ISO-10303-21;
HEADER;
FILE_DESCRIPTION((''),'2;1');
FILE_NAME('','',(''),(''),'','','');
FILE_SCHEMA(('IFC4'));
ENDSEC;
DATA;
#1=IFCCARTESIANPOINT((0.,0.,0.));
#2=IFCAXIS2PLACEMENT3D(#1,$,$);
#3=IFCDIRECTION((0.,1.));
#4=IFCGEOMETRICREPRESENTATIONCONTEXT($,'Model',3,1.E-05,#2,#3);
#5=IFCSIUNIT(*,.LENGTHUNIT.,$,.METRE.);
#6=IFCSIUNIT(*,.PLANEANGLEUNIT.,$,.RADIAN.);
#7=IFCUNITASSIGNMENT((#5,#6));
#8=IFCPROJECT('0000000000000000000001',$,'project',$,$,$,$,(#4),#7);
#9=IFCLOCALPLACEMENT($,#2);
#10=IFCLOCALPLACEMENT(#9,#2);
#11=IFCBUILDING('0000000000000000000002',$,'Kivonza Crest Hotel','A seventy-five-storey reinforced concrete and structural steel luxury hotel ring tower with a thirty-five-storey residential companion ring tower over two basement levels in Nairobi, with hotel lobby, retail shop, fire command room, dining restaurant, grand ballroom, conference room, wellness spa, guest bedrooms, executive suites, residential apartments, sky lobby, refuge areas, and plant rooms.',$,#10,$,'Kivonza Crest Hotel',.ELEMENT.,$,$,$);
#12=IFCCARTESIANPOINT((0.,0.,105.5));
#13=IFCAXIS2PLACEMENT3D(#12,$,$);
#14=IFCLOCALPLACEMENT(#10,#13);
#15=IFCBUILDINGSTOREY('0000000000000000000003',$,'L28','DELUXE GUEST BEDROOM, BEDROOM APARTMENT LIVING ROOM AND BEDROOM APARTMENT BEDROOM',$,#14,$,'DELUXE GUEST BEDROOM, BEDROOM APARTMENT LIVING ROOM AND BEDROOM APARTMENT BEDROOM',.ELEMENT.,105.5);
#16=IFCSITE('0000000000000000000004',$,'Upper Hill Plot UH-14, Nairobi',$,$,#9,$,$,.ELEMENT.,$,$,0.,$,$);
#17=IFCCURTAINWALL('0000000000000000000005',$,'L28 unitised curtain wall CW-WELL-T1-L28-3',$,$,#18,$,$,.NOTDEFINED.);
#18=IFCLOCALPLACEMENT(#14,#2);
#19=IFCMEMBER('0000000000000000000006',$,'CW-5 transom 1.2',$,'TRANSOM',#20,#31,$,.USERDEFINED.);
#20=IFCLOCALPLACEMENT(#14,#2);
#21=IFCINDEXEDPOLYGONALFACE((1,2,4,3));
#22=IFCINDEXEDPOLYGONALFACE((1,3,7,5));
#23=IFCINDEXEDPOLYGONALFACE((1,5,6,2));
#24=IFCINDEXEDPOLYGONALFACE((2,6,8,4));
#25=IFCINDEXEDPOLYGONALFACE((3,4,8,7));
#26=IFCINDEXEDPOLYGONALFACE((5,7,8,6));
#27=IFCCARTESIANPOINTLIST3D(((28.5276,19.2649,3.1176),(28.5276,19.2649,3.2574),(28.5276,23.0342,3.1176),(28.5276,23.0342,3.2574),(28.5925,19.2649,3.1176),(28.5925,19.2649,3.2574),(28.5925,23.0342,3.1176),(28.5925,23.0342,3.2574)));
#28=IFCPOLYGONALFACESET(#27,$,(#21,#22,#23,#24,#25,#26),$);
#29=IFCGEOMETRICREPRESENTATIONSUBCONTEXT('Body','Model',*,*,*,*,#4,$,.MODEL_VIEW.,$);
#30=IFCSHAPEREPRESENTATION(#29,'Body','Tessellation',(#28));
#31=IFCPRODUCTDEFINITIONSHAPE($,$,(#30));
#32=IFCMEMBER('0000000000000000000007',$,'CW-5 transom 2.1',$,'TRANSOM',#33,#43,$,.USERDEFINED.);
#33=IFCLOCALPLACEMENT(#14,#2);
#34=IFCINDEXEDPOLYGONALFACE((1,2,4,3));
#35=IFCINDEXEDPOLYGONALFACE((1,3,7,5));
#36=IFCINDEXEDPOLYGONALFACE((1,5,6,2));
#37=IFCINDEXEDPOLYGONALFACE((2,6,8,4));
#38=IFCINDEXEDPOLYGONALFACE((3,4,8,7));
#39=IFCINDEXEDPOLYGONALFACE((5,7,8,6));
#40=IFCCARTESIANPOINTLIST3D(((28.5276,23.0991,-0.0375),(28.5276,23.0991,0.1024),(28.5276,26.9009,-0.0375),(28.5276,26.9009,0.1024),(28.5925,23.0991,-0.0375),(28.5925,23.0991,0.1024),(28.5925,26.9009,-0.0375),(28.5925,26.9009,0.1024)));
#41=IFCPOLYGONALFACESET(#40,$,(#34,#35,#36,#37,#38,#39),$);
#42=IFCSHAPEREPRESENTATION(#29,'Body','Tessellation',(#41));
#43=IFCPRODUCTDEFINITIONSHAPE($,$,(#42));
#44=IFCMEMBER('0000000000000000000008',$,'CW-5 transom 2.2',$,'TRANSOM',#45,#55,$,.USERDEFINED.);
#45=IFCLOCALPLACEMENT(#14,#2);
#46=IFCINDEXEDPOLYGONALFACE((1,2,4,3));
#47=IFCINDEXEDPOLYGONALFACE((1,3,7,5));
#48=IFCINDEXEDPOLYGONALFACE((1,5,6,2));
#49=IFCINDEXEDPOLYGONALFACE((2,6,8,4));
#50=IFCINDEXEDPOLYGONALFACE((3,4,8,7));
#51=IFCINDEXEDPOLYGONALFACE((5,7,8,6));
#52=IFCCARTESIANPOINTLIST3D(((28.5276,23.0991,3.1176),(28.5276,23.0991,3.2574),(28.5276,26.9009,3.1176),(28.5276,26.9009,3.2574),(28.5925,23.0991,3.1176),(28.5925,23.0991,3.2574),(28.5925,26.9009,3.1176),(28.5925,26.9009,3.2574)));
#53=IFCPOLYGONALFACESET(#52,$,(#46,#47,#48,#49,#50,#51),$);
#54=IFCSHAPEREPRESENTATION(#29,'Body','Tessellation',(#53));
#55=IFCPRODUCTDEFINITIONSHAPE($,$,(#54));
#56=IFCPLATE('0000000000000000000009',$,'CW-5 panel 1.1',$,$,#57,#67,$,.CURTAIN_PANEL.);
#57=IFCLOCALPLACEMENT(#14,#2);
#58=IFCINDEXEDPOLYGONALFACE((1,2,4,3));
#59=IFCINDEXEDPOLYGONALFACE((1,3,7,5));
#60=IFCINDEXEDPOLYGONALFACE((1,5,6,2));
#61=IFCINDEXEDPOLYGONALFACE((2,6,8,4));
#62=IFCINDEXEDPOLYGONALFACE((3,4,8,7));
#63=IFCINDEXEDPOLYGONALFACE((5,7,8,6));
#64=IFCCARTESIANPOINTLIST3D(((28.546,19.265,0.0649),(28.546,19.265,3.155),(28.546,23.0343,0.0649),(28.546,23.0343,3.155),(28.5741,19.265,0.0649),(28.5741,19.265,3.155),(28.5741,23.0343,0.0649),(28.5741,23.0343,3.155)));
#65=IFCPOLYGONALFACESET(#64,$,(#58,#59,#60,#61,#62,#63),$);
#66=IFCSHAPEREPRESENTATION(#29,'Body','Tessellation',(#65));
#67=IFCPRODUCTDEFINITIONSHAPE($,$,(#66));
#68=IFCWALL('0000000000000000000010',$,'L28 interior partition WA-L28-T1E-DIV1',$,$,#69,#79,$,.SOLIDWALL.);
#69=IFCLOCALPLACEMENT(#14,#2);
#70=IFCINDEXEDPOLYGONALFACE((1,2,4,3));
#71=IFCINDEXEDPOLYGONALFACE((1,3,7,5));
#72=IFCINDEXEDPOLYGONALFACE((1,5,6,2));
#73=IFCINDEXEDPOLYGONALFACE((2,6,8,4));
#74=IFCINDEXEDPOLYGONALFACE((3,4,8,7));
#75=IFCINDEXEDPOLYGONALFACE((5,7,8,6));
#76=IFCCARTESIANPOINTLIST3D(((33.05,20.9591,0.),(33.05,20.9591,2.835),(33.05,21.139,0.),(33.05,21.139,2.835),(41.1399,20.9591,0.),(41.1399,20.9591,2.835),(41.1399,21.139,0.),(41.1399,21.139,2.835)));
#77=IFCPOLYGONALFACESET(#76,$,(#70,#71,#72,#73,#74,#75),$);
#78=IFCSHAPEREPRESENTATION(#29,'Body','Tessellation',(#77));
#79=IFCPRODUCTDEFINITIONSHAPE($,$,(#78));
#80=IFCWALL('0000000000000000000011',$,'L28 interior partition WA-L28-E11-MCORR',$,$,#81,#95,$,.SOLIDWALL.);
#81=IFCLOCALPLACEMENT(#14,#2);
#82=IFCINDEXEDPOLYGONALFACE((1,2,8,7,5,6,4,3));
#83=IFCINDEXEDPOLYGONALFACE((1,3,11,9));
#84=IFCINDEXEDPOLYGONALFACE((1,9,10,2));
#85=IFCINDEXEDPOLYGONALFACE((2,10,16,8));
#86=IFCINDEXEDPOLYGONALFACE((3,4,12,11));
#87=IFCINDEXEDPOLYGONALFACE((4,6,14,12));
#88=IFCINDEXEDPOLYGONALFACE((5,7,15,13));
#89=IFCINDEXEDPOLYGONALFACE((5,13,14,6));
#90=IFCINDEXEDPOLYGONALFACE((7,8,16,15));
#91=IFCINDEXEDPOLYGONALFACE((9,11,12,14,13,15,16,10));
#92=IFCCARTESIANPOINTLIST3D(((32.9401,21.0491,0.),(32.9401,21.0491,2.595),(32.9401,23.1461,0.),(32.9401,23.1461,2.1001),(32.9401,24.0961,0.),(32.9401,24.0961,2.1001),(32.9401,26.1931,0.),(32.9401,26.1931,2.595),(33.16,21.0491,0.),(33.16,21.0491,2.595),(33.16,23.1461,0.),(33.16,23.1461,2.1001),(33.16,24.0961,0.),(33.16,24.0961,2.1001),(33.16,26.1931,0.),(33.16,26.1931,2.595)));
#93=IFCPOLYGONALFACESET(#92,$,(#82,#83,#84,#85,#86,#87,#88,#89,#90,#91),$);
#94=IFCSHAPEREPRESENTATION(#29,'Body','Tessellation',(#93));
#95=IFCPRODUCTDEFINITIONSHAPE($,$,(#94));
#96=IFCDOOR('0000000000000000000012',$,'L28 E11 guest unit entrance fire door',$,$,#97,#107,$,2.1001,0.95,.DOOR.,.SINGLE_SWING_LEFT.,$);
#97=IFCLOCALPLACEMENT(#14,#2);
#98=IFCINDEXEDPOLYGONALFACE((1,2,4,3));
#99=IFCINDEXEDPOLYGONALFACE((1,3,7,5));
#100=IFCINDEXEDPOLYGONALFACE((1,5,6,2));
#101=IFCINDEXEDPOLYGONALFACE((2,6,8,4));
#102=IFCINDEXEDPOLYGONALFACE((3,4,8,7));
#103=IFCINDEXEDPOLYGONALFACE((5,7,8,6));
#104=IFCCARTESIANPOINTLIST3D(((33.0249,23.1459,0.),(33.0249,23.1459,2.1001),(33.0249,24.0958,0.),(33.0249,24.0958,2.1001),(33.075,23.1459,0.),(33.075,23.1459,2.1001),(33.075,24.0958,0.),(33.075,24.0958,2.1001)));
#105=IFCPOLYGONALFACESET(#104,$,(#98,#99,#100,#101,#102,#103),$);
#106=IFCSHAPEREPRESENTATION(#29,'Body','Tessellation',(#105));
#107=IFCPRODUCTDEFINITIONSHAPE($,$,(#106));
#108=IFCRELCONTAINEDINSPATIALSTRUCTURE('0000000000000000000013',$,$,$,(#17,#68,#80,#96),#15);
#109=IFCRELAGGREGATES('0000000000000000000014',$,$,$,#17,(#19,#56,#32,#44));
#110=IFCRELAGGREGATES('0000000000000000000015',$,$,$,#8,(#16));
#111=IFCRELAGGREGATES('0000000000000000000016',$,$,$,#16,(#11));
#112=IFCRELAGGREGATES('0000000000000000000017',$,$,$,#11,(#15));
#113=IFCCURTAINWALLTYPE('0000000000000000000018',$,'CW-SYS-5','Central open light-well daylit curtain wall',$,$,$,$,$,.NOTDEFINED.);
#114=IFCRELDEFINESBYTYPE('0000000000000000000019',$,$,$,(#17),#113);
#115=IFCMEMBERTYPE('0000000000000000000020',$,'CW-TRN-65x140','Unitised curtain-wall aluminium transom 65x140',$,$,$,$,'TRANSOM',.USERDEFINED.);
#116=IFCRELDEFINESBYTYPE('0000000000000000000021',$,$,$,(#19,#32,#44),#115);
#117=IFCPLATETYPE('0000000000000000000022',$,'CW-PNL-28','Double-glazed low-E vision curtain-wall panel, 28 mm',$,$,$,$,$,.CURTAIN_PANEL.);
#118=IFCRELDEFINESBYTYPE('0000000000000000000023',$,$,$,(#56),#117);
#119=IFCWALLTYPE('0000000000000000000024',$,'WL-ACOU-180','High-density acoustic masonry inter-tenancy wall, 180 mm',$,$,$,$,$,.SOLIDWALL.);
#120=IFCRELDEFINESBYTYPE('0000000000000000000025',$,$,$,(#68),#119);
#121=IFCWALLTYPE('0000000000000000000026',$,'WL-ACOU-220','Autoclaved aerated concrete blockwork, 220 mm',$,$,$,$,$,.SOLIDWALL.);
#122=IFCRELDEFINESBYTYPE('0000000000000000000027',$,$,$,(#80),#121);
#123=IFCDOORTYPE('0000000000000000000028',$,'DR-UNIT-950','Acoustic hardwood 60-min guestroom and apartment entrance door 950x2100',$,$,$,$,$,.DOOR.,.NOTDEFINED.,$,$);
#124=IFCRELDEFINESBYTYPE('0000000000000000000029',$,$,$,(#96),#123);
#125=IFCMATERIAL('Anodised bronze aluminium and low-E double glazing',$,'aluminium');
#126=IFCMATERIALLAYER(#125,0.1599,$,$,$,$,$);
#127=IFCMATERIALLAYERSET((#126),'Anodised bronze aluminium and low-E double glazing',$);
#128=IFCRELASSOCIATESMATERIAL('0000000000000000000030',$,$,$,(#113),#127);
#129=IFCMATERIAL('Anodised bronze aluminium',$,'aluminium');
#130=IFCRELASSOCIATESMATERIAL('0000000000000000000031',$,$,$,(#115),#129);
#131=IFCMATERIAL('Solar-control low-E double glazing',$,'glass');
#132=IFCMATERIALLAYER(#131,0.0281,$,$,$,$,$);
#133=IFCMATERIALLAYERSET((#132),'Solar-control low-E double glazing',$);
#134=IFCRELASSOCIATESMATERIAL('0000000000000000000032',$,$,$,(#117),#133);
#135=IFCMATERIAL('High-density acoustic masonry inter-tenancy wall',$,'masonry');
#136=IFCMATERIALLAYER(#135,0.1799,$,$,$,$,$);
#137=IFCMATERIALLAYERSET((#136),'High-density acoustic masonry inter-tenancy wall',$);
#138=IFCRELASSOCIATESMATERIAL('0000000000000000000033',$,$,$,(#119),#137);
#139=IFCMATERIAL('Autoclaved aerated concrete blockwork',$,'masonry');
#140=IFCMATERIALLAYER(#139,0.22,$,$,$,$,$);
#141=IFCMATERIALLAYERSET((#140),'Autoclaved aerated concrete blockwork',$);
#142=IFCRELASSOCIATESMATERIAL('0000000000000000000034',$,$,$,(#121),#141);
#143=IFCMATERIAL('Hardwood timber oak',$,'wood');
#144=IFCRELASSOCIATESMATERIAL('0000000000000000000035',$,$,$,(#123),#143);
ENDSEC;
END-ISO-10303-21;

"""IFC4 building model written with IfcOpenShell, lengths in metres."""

from ifc_helpers import new_model, si_unit, direction, frame, frame_2d, origin, origin_2d, place, context, subcontext, project, spatial, rectangle, extrude, material, layer, layer_set, material_profile, profile_set, type_object, element, fill, aggregate, save


model = new_model("IFC4")

# Units and contexts
model_context = context("Model", 3, precision=1e-05, world=origin(), true_north=direction((0.0, 1.0)))
body_context = subcontext(model_context, "Body", "Model", "MODEL_VIEW")
ifc_project = project(units=[si_unit("LENGTHUNIT", "METRE"), si_unit("PLANEANGLEUNIT", "RADIAN")], contexts=[model_context])

# Site, building, storey
site_placement = place(None, origin())
site = spatial("IfcSite", under=ifc_project, at=site_placement, Name="Upper Hill Plot UH-14, Nairobi", CompositionType="ELEMENT", RefElevation=0.0)
building_placement = place(site_placement, origin())
building = spatial("IfcBuilding", under=site, at=building_placement, Name="Kivonza Crest Hotel", Description="A seventy-five-storey reinforced concrete and structural steel luxury hotel ring tower with a thirty-five-storey residential companion ring tower over two basement levels in Nairobi, with hotel lobby, retail shop, fire command room, dining restaurant, grand ballroom, conference room, wellness spa, guest bedrooms, executive suites, residential apartments, sky lobby, refuge areas, and plant rooms.", LongName="Kivonza Crest Hotel", CompositionType="ELEMENT")
storey_placement = place(building_placement, frame((0.0, 0.0, 105.5)))
storey = spatial("IfcBuildingStorey", under=building, at=storey_placement, Name="L28", Description="DELUXE GUEST BEDROOM, BEDROOM APARTMENT LIVING ROOM AND BEDROOM APARTMENT BEDROOM", LongName="DELUXE GUEST BEDROOM, BEDROOM APARTMENT LIVING ROOM AND BEDROOM APARTMENT BEDROOM", CompositionType="ELEMENT", Elevation=105.5)

# Curtain wall, members, plate
ifc_material_1 = material(Name="Anodised bronze aluminium and low-E double glazing", Category="aluminium")
ifc_layer_1 = layer(ifc_material_1, 0.1599)
ifc_layer_set_1 = layer_set([ifc_layer_1], Name="Anodised bronze aluminium and low-E double glazing")
curtain_wall_type = type_object("IfcCurtainWallType", Name="CW-SYS-5", Description="Central open light-well daylit curtain wall", PredefinedType="NOTDEFINED", material=ifc_layer_set_1)
curtain_wall_placement = place(storey_placement, origin())
curtain_wall = element("IfcCurtainWall", 1, at=curtain_wall_placement, inside=storey, type_object=curtain_wall_type, Name="L28 unitised curtain wall CW-WELL-T1-L28-3", PredefinedType="NOTDEFINED")
ifc_material_2 = material(Name="Anodised bronze aluminium", Category="aluminium")
ifc_material_profile_1 = material_profile(ifc_material_2, rectangle(XDim=0.0649, YDim=0.1399, at=origin_2d()), Name="CW-T 65x140")
ifc_profile_set_1 = profile_set([ifc_material_profile_1], Name="Anodised bronze aluminium")
member_type_1 = type_object("IfcMemberType", Name="CW-TRN-65x140", Description="Unitised curtain-wall aluminium transom 65x140", ElementType="TRANSOM", PredefinedType="USERDEFINED", material=ifc_profile_set_1)
member_1_placement = place(storey_placement, frame((28.5601, 19.2649, 3.1875), z_axis=(0.0, 1.0, 0.0), x_axis=(-1.0, 0.0, 0.0)))
member_1 = element("IfcMember", 2, at=member_1_placement, type_object=member_type_1, Name="CW-5 transom 1.2", ObjectType="TRANSOM", PredefinedType="USERDEFINED", context=body_context, shape_type="SweptSolid", body=[
    extrude(rectangle(XDim=0.0649, YDim=0.1399, at=origin_2d()), origin(), (0.0, 0.0, 1.0), 3.7693),
])
member_2_placement = place(storey_placement, frame((28.5601, 23.0991, 0.0325), z_axis=(0.0, 1.0, 0.0), x_axis=(-1.0, 0.0, 0.0)))
member_2 = element("IfcMember", 3, at=member_2_placement, type_object=member_type_1, Name="CW-5 transom 2.1", ObjectType="TRANSOM", PredefinedType="USERDEFINED", context=body_context, shape_type="SweptSolid", body=[
    extrude(rectangle(XDim=0.0649, YDim=0.1399, at=origin_2d()), origin(), (0.0, 0.0, 1.0), 3.8018),
])
member_3_placement = place(storey_placement, frame((28.5601, 23.0991, 3.1875), z_axis=(0.0, 1.0, 0.0), x_axis=(-1.0, 0.0, 0.0)))
member_3 = element("IfcMember", 4, at=member_3_placement, type_object=member_type_1, Name="CW-5 transom 2.2", ObjectType="TRANSOM", PredefinedType="USERDEFINED", context=body_context, shape_type="SweptSolid", body=[
    extrude(rectangle(XDim=0.0649, YDim=0.1399, at=origin_2d()), origin(), (0.0, 0.0, 1.0), 3.8018),
])
ifc_material_3 = material(Name="Solar-control low-E double glazing", Category="glass")
ifc_layer_2 = layer(ifc_material_3, 0.0281)
ifc_layer_set_2 = layer_set([ifc_layer_2], Name="Solar-control low-E double glazing")
plate_type = type_object("IfcPlateType", Name="CW-PNL-28", Description="Double-glazed low-E vision curtain-wall panel, 28 mm", PredefinedType="CURTAIN_PANEL", material=ifc_layer_set_2)
plate_placement = place(storey_placement, frame((28.5601, 21.1497, 0.0649), z_axis=(0.0, 0.0, 1.0), x_axis=(0.0, 1.0, 0.0)))
plate = element("IfcPlate", 5, at=plate_placement, type_object=plate_type, Name="CW-5 panel 1.1", PredefinedType="CURTAIN_PANEL", context=body_context, shape_type="SweptSolid", body=[
    extrude(rectangle(XDim=3.7693, YDim=0.0281, at=origin_2d()), origin(), (0.0, 0.0, 1.0), 3.0901),
])
aggregate(curtain_wall, [member_1, plate, member_2, member_3])

# Wall
ifc_material_4 = material(Name="High-density acoustic masonry inter-tenancy wall", Category="masonry")
ifc_layer_3 = layer(ifc_material_4, 0.1799)
ifc_layer_set_3 = layer_set([ifc_layer_3], Name="High-density acoustic masonry inter-tenancy wall")
wall_type_1 = type_object("IfcWallType", Name="WL-ACOU-180", Description="High-density acoustic masonry inter-tenancy wall, 180 mm", PredefinedType="SOLIDWALL", material=ifc_layer_set_3)
wall_1_placement = place(storey_placement, frame((33.05, 21.0491, 0.0), z_axis=(0.0, 0.0, 1.0), x_axis=(1.0, 0.0, 0.0)))
element("IfcWall", 6, at=wall_1_placement, inside=storey, type_object=wall_type_1, Name="L28 interior partition WA-L28-T1E-DIV1", PredefinedType="SOLIDWALL", context=body_context, shape_type="SweptSolid", body=[
    extrude(rectangle(XDim=8.0898, YDim=0.1799, at=frame_2d((4.0449, 0.0))), origin(), (0.0, 0.0, 1.0), 2.835),
])

# Wall, opening, door
ifc_material_5 = material(Name="Autoclaved aerated concrete blockwork", Category="masonry")
ifc_layer_4 = layer(ifc_material_5, 0.22)
ifc_layer_set_4 = layer_set([ifc_layer_4], Name="Autoclaved aerated concrete blockwork")
wall_type_2 = type_object("IfcWallType", Name="WL-ACOU-220", Description="Autoclaved aerated concrete blockwork, 220 mm", PredefinedType="SOLIDWALL", material=ifc_layer_set_4)
wall_2_placement = place(storey_placement, frame((33.05, 21.0491, 0.0), z_axis=(0.0, 0.0, 1.0), x_axis=(0.0, 1.0, 0.0)))
wall_2 = element("IfcWall", 7, at=wall_2_placement, inside=storey, type_object=wall_type_2, Name="L28 interior partition WA-L28-E11-MCORR", PredefinedType="SOLIDWALL", context=body_context, shape_type="SweptSolid", body=[
    extrude(rectangle(XDim=5.144, YDim=0.22, at=frame_2d((2.572, 0.0))), origin(), (0.0, 0.0, 1.0), 2.595),
])
opening_placement = place(wall_2_placement, frame((2.0969, 0.0, 0.0)))
opening = element("IfcOpeningElement", 8, at=opening_placement, cuts=wall_2, PredefinedType="OPENING", context=body_context, shape_type="SweptSolid", body=[
    extrude(rectangle(XDim=0.95, YDim=2.1001, at=frame_2d((0.4751, 1.05))), frame((0.0, 0.1201, 0.0), z_axis=(0.0, -1.0, 0.0), x_axis=(1.0, 0.0, 0.0)), (0.0, 0.0, 1.0), 0.24),
])
ifc_material_6 = material(Name="Hardwood timber oak", Category="wood")
door_type = type_object("IfcDoorType", Name="DR-UNIT-950", Description="Acoustic hardwood 60-min guestroom and apartment entrance door 950x2100", OperationType="NOTDEFINED", PredefinedType="DOOR", material=ifc_material_6)
door_placement = place(opening_placement, frame((0.95, 0.0, 0.0), z_axis=(0.0, 0.0, 1.0), x_axis=(-1.0, 0.0, 0.0)))
door = element("IfcDoor", 9, at=door_placement, inside=storey, type_object=door_type, Name="L28 E11 guest unit entrance fire door", OperationType="SINGLE_SWING_LEFT", OverallHeight=2.1001, OverallWidth=0.95, PredefinedType="DOOR", context=body_context, shape_type="SweptSolid", body=[
    extrude(rectangle(XDim=0.95, YDim=2.1001, at=frame_2d((0.4751, 1.05))), frame((0.0, 0.0249, 0.0), z_axis=(0.0, -1.0, 0.0), x_axis=(1.0, 0.0, 0.0)), (0.0, 0.0, 1.0), 0.05),
])
fill(opening, door)

save(model, "model.ifc")
